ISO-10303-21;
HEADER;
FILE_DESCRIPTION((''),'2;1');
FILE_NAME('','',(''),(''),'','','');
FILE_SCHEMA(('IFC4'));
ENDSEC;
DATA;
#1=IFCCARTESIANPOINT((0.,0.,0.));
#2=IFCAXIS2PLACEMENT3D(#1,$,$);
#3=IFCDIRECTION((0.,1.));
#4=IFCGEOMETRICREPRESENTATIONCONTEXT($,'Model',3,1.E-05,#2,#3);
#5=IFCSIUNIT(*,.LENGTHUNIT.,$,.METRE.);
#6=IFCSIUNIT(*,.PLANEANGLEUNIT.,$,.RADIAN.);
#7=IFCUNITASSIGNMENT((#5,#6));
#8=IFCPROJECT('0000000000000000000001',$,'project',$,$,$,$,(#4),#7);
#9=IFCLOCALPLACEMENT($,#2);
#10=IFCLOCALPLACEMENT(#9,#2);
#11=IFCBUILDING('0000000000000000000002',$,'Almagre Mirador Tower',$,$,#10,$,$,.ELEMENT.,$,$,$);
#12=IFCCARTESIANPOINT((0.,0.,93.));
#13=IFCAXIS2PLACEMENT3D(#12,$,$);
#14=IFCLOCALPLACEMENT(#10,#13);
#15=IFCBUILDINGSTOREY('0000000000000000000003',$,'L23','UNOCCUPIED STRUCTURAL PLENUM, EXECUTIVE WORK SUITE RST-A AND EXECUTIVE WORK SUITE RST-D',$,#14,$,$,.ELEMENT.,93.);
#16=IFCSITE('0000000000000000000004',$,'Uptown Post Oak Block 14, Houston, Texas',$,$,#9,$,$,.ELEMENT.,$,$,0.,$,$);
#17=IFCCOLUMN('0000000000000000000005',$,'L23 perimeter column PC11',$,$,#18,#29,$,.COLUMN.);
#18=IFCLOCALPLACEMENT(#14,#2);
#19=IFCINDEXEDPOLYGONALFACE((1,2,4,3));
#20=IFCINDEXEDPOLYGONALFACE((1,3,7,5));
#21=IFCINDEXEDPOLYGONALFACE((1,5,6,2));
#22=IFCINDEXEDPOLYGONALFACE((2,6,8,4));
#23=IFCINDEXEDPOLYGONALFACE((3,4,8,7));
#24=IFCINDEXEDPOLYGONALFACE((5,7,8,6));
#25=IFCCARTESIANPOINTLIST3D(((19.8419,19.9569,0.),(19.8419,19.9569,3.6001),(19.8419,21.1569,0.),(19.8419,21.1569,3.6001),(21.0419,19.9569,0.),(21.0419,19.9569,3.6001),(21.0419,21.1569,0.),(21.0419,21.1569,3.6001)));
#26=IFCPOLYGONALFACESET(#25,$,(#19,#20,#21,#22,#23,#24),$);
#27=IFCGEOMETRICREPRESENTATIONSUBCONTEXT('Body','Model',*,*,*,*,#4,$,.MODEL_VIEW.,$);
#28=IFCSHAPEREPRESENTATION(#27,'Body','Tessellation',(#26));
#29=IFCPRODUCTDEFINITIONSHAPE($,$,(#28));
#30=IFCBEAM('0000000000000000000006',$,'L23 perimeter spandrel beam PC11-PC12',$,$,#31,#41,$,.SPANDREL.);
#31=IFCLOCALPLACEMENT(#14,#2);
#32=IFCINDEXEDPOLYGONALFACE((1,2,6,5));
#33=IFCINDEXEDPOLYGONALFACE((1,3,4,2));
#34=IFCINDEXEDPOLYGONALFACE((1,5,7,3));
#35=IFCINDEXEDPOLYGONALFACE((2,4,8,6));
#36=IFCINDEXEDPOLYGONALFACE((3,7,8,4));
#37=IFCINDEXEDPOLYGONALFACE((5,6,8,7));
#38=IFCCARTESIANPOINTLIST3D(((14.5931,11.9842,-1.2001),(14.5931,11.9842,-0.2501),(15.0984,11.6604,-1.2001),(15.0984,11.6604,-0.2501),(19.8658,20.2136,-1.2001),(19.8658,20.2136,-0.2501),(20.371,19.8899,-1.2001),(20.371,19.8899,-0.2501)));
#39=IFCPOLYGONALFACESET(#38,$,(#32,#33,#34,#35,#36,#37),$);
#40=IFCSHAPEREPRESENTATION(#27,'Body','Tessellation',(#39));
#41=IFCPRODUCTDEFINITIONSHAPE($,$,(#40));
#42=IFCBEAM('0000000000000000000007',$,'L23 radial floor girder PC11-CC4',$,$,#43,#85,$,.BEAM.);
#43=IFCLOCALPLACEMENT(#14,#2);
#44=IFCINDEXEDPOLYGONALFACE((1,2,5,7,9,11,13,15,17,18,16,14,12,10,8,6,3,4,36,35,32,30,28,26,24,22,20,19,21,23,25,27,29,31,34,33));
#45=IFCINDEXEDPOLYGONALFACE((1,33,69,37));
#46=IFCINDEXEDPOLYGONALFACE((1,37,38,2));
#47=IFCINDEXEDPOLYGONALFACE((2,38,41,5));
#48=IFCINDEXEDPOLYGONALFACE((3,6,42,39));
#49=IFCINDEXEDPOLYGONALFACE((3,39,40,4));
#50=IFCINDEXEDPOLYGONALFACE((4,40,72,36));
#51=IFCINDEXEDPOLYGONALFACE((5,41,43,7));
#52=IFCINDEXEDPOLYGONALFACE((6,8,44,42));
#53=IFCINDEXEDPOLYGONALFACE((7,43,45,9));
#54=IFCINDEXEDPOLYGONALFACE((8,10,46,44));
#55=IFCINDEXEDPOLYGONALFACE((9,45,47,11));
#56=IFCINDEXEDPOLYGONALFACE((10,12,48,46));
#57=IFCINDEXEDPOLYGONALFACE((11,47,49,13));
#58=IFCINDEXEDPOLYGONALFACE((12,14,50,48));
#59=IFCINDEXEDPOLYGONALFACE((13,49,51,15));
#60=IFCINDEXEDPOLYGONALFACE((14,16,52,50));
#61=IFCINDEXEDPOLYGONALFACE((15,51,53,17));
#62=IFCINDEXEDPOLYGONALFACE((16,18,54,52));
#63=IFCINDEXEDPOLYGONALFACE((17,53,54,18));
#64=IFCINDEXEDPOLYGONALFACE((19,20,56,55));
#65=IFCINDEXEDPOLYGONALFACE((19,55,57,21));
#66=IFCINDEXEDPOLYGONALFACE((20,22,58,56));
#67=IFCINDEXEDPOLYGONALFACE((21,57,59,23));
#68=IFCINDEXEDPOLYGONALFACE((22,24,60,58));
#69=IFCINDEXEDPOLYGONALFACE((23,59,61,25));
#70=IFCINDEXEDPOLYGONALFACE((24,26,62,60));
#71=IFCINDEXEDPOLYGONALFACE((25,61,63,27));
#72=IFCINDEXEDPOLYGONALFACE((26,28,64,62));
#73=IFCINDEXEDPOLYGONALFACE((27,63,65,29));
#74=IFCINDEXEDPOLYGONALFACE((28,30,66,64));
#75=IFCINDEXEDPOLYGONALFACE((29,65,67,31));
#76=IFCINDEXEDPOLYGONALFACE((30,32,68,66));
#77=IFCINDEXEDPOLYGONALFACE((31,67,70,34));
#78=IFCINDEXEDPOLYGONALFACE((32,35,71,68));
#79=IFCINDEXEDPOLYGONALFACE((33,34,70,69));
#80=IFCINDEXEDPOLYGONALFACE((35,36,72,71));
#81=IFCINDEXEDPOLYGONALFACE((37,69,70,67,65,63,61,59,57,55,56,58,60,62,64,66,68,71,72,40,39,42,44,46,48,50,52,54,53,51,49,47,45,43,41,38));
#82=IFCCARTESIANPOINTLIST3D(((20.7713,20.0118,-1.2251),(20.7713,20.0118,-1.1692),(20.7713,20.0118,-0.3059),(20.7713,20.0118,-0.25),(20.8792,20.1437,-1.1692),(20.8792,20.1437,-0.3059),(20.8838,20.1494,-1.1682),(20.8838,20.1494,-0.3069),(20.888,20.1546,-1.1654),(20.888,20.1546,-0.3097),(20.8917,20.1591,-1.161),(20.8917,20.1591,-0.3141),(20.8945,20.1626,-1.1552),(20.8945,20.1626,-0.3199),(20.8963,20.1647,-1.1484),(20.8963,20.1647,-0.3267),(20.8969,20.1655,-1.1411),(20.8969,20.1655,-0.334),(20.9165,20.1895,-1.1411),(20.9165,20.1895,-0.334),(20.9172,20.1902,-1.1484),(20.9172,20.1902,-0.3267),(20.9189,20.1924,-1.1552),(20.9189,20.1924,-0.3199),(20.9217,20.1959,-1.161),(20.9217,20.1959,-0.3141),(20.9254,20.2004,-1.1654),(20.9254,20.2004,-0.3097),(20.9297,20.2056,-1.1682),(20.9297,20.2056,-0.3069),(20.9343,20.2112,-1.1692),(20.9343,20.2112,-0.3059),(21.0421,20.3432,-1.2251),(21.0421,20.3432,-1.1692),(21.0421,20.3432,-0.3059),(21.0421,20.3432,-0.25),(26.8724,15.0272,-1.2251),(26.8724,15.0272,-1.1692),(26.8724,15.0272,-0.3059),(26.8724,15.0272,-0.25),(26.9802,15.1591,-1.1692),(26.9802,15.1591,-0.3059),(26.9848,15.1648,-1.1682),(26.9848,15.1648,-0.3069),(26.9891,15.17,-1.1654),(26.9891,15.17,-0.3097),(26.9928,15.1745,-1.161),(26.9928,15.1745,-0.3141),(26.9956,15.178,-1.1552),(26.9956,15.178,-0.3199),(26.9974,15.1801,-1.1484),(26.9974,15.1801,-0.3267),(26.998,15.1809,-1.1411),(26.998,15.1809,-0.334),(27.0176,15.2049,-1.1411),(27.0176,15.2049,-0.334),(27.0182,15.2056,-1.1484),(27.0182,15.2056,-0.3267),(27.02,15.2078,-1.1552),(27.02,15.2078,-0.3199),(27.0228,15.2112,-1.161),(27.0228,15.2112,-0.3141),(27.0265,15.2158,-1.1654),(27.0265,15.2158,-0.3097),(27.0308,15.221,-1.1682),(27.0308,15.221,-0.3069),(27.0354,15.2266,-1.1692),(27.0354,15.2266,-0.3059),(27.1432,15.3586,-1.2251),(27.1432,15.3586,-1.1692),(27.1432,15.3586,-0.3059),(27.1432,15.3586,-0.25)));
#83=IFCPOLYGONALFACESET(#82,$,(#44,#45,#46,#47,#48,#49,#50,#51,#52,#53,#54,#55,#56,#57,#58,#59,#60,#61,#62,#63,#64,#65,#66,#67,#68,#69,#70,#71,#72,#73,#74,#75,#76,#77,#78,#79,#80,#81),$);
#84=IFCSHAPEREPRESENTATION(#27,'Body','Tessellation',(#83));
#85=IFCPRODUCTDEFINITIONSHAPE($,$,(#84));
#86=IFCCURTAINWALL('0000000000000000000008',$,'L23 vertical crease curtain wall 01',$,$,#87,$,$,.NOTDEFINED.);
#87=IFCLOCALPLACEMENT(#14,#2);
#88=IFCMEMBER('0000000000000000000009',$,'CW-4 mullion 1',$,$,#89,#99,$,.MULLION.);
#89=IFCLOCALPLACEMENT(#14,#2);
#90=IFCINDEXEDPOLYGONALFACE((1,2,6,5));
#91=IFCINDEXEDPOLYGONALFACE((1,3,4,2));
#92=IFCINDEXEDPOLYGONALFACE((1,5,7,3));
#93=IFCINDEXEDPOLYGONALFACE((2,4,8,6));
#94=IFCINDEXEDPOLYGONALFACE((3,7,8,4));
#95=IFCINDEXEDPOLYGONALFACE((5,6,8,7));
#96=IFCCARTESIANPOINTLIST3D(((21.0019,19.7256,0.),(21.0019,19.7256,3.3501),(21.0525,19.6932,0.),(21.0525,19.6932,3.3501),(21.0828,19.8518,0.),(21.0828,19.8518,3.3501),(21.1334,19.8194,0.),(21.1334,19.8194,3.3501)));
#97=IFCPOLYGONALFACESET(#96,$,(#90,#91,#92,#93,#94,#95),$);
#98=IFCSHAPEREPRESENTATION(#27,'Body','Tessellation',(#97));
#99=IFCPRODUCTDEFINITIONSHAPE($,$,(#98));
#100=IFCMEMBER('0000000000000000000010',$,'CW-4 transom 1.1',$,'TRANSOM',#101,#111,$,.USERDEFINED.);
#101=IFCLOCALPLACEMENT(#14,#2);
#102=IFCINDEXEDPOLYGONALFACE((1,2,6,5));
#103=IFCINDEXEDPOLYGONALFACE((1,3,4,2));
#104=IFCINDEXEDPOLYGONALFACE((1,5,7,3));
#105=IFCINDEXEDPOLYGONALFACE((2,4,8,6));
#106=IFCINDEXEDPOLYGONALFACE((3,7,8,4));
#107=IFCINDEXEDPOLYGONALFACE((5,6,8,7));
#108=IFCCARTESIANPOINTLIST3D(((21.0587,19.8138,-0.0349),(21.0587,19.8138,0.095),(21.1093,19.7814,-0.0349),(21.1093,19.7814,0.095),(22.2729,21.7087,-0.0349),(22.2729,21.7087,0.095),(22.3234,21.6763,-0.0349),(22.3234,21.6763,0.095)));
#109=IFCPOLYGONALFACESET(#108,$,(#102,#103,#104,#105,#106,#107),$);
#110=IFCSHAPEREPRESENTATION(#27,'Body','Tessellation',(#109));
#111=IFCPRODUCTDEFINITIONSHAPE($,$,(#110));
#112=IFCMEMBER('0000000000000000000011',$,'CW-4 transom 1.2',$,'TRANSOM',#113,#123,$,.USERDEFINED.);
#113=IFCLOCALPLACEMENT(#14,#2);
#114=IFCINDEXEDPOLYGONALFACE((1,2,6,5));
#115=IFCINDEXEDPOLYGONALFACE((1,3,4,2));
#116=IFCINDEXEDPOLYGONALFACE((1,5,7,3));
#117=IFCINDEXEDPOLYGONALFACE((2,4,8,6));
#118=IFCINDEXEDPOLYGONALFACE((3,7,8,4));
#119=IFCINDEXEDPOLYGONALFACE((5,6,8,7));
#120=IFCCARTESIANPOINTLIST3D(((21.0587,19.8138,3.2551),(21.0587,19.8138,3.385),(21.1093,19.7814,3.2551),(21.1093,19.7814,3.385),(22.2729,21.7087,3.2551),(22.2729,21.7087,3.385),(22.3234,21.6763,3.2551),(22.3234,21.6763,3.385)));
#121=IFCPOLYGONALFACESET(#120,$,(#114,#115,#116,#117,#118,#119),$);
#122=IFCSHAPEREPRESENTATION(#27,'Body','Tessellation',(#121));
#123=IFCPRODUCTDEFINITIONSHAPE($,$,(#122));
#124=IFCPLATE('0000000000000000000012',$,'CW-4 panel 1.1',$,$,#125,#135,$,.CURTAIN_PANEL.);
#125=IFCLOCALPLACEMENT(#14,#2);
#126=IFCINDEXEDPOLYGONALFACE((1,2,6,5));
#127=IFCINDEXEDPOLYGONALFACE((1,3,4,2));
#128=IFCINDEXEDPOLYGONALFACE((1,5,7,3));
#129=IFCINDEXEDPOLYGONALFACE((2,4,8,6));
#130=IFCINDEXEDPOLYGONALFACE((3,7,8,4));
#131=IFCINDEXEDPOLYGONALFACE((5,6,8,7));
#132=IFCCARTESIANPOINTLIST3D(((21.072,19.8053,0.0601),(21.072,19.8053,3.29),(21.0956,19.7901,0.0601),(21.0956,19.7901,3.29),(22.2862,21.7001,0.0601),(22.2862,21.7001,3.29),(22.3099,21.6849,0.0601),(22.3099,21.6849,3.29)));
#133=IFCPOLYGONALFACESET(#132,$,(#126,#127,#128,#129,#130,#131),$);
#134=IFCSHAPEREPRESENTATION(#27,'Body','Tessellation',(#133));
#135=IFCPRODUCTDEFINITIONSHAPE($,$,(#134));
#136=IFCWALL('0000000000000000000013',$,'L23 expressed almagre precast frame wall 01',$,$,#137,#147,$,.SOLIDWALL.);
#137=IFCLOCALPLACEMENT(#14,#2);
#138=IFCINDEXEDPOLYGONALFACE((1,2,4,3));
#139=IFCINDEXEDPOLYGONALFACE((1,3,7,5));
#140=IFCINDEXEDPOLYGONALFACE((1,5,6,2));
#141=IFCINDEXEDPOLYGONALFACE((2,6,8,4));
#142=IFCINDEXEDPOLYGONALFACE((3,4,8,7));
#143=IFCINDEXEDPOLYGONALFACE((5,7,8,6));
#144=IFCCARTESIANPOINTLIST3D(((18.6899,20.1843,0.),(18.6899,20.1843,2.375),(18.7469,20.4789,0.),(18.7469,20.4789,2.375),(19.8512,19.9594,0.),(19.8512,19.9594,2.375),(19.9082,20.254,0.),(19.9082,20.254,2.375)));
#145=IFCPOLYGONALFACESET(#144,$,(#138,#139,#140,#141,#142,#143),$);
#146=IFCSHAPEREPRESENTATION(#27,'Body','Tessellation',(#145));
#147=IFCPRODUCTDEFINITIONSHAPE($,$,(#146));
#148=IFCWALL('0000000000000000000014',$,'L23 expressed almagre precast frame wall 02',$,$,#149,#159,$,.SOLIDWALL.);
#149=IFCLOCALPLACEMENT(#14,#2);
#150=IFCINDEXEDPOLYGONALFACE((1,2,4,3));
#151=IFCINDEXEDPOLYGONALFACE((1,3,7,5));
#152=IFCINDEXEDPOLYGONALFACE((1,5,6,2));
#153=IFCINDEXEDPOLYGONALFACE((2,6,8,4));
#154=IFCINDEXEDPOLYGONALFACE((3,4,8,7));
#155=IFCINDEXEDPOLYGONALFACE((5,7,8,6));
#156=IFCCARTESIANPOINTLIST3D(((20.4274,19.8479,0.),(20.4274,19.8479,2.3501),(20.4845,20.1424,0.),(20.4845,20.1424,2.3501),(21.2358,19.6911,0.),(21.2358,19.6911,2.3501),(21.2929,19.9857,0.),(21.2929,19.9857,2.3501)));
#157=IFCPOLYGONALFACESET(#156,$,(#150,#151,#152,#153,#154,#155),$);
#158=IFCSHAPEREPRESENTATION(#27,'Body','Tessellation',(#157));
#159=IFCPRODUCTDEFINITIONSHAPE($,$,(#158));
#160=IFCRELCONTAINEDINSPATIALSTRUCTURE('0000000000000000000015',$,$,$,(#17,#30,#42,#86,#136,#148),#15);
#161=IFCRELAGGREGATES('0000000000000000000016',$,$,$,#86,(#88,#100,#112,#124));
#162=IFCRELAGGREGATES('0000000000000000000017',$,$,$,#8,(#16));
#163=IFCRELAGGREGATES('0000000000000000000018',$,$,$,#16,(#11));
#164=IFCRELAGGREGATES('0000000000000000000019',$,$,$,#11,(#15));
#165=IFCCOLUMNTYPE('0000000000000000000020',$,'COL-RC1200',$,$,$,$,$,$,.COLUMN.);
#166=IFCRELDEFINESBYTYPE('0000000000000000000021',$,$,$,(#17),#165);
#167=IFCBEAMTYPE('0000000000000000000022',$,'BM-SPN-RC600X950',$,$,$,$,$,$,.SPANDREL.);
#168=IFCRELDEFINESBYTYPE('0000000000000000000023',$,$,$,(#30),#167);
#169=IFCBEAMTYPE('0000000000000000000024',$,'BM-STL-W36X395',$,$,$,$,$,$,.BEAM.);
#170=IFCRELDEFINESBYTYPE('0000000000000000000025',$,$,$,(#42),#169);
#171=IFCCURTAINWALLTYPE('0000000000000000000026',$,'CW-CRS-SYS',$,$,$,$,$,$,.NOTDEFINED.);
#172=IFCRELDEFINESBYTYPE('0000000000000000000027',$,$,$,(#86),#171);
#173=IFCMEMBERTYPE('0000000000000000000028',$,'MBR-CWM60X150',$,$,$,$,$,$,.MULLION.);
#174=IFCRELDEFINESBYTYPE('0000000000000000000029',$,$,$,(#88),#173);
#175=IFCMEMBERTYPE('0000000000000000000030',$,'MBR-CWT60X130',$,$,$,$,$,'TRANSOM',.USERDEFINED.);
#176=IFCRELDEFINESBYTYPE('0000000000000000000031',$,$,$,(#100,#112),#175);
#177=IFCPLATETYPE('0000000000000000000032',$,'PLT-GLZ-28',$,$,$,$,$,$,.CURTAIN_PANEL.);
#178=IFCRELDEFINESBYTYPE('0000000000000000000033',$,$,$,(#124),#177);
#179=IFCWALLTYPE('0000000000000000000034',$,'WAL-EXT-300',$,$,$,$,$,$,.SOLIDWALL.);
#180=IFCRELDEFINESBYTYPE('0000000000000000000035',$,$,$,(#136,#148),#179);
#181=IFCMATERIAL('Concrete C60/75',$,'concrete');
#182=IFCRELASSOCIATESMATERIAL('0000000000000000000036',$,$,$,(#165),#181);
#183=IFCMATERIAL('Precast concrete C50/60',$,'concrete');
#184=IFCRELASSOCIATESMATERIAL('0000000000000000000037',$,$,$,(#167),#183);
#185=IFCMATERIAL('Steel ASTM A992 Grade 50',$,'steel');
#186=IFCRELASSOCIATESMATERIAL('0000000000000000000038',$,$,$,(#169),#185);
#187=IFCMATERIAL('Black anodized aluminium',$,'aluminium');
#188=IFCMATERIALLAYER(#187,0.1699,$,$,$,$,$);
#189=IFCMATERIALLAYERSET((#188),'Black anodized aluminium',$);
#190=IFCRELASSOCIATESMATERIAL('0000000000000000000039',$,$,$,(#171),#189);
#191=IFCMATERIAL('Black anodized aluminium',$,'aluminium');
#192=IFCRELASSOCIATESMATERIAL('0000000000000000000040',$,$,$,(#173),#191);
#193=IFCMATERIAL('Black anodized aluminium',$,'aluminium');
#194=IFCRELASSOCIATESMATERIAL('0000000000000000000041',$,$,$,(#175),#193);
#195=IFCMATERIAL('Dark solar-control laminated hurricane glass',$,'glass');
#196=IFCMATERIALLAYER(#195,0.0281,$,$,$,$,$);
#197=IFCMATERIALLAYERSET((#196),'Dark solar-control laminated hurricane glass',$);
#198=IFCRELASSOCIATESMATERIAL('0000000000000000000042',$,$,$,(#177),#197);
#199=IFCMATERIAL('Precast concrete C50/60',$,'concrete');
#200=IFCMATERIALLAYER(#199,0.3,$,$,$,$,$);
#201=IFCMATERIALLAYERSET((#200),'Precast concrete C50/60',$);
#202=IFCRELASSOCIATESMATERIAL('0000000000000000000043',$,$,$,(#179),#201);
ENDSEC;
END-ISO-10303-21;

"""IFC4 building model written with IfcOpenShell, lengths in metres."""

from ifc_helpers import new_model, si_unit, direction, frame, frame_2d, origin, origin_2d, place, context, subcontext, project, spatial, rectangle, i_section, extrude, material, layer, layer_set, material_profile, profile_set, type_object, element, aggregate, save


model = new_model("IFC4")

# Units and contexts
model_context = context("Model", 3, precision=1e-05, world=origin(), true_north=direction((0.0, 1.0)))
body_context = subcontext(model_context, "Body", "Model", "MODEL_VIEW")
ifc_project = project(units=[si_unit("LENGTHUNIT", "METRE"), si_unit("PLANEANGLEUNIT", "RADIAN")], contexts=[model_context])

# Site, building, storey
site_placement = place(None, origin())
site = spatial("IfcSite", under=ifc_project, at=site_placement, Name="Uptown Post Oak Block 14, Houston, Texas", CompositionType="ELEMENT", RefElevation=0.0)
building_placement = place(site_placement, origin())
building = spatial("IfcBuilding", under=site, at=building_placement, Name="Almagre Mirador Tower", CompositionType="ELEMENT")
storey_placement = place(building_placement, frame((0.0, 0.0, 93.0)))
storey = spatial("IfcBuildingStorey", under=building, at=storey_placement, Name="L23", Description="UNOCCUPIED STRUCTURAL PLENUM, EXECUTIVE WORK SUITE RST-A AND EXECUTIVE WORK SUITE RST-D", CompositionType="ELEMENT", Elevation=93.0)

# Column
ifc_material_1 = material(Name="Concrete C60/75", Category="concrete")
ifc_material_profile_1 = material_profile(ifc_material_1, rectangle(XDim=1.2, YDim=1.2, at=origin_2d()), Name="RC1200X1200")
ifc_profile_set_1 = profile_set([ifc_material_profile_1], Name="Concrete C60/75")
column_type = type_object("IfcColumnType", Name="COL-RC1200", PredefinedType="COLUMN", material=ifc_profile_set_1)
column_placement = place(storey_placement, frame((20.4419, 20.5569, 0.0), z_axis=(0.0, 0.0, 1.0), x_axis=(1.0, 0.0, 0.0)))
element("IfcColumn", 1, at=column_placement, inside=storey, type_object=column_type, Name="L23 perimeter column PC11", PredefinedType="COLUMN", context=body_context, shape_type="SweptSolid", body=[
    extrude(rectangle(XDim=1.2, YDim=1.2, at=origin_2d()), origin(), (0.0, 0.0, 1.0), 3.6001),
])

# Beams
ifc_material_2 = material(Name="Precast concrete C50/60", Category="concrete")
ifc_material_profile_2 = material_profile(ifc_material_2, rectangle(XDim=0.6001, YDim=0.95, at=origin_2d()), Name="RC600X950")
ifc_profile_set_2 = profile_set([ifc_material_profile_2], Name="Precast concrete C50/60")
beam_type_1 = type_object("IfcBeamType", Name="BM-SPN-RC600X950", PredefinedType="SPANDREL", material=ifc_profile_set_2)
beam_1_placement = place(storey_placement, frame((20.1184, 20.0518, -0.7251), z_axis=(-0.539477, -0.842, 0.0), x_axis=(0.842, -0.539477, 0.0)))
element("IfcBeam", 2, at=beam_1_placement, inside=storey, type_object=beam_type_1, Name="L23 perimeter spandrel beam PC11-PC12", PredefinedType="SPANDREL", context=body_context, shape_type="SweptSolid", body=[
    extrude(rectangle(XDim=0.6001, YDim=0.95, at=origin_2d()), origin(), (0.0, 0.0, 1.0), 9.7737),
])
ifc_material_3 = material(Name="Steel ASTM A992 Grade 50", Category="steel")
ifc_material_profile_3 = material_profile(ifc_material_3, i_section(OverallWidth=0.428, OverallDepth=0.9751, WebThickness=0.031, FlangeThickness=0.0559, FilletRadius=0.0281, at=origin_2d()), Name="W36X395")
ifc_profile_set_3 = profile_set([ifc_material_profile_3], Name="Steel ASTM A992 Grade 50")
beam_type_2 = type_object("IfcBeamType", Name="BM-STL-W36X395", PredefinedType="BEAM", material=ifc_profile_set_3)
beam_2_placement = place(storey_placement, frame((20.9067, 20.1775, -0.7375), z_axis=(0.774403, -0.632693, 0.0), x_axis=(0.632693, 0.774403, 0.0)))
element("IfcBeam", 3, at=beam_2_placement, inside=storey, type_object=beam_type_2, Name="L23 radial floor girder PC11-CC4", PredefinedType="BEAM", context=body_context, shape_type="SweptSolid", body=[
    extrude(i_section(OverallWidth=0.428, OverallDepth=0.9751, WebThickness=0.031, FlangeThickness=0.0559, FilletRadius=0.0281, at=origin_2d()), origin(), (0.0, 0.0, 1.0), 7.8784),
])

# Curtain wall, members, plate
ifc_material_4 = material(Name="Black anodized aluminium", Category="aluminium")
ifc_layer_1 = layer(ifc_material_4, 0.1699)
ifc_layer_set_1 = layer_set([ifc_layer_1], Name="Black anodized aluminium")
curtain_wall_type = type_object("IfcCurtainWallType", Name="CW-CRS-SYS", PredefinedType="NOTDEFINED", material=ifc_layer_set_1)
curtain_wall_placement = place(storey_placement, origin())
curtain_wall = element("IfcCurtainWall", 4, at=curtain_wall_placement, inside=storey, type_object=curtain_wall_type, Name="L23 vertical crease curtain wall 01", PredefinedType="NOTDEFINED")
ifc_material_5 = material(Name="Black anodized aluminium", Category="aluminium")
ifc_material_profile_4 = material_profile(ifc_material_5, rectangle(XDim=0.0601, YDim=0.1499, at=origin_2d()), Name="CWM60X150")
ifc_profile_set_4 = profile_set([ifc_material_profile_4], Name="Black anodized aluminium")
member_type_1 = type_object("IfcMemberType", Name="MBR-CWM60X150", PredefinedType="MULLION", material=ifc_profile_set_4)
member_1_placement = place(storey_placement, frame((21.0676, 19.7725, 0.0), z_axis=(0.0, 0.0, 1.0), x_axis=(-0.841948, 0.539559, 0.0)))
member_1 = element("IfcMember", 5, at=member_1_placement, type_object=member_type_1, Name="CW-4 mullion 1", PredefinedType="MULLION", context=body_context, shape_type="SweptSolid", body=[
    extrude(rectangle(XDim=0.0601, YDim=0.1499, at=origin_2d()), origin(), (0.0, 0.0, 1.0), 3.3501),
])
ifc_material_6 = material(Name="Black anodized aluminium", Category="aluminium")
ifc_material_profile_5 = material_profile(ifc_material_6, rectangle(XDim=0.0601, YDim=0.1299, at=origin_2d()), Name="CWT60X130")
ifc_profile_set_5 = profile_set([ifc_material_profile_5], Name="Black anodized aluminium")
member_type_2 = type_object("IfcMemberType", Name="MBR-CWT60X130", ElementType="TRANSOM", PredefinedType="USERDEFINED", material=ifc_profile_set_5)
member_2_placement = place(storey_placement, frame((21.084, 19.7976, 0.03), z_axis=(0.539512, 0.841978, 0.0), x_axis=(-0.841978, 0.539512, 0.0)))
member_2 = element("IfcMember", 6, at=member_2_placement, type_object=member_type_2, Name="CW-4 transom 1.1", ObjectType="TRANSOM", PredefinedType="USERDEFINED", context=body_context, shape_type="SweptSolid", body=[
    extrude(rectangle(XDim=0.0601, YDim=0.1299, at=origin_2d()), origin(), (0.0, 0.0, 1.0), 2.2505),
])
member_3_placement = place(storey_placement, frame((21.084, 19.7976, 3.3201), z_axis=(0.539512, 0.841978, 0.0), x_axis=(-0.841978, 0.539512, 0.0)))
member_3 = element("IfcMember", 7, at=member_3_placement, type_object=member_type_2, Name="CW-4 transom 1.2", ObjectType="TRANSOM", PredefinedType="USERDEFINED", context=body_context, shape_type="SweptSolid", body=[
    extrude(rectangle(XDim=0.0601, YDim=0.1299, at=origin_2d()), origin(), (0.0, 0.0, 1.0), 2.2505),
])
ifc_material_7 = material(Name="Dark solar-control laminated hurricane glass", Category="glass")
ifc_layer_2 = layer(ifc_material_7, 0.0281)
ifc_layer_set_2 = layer_set([ifc_layer_2], Name="Dark solar-control laminated hurricane glass")
plate_type = type_object("IfcPlateType", Name="PLT-GLZ-28", PredefinedType="CURTAIN_PANEL", material=ifc_layer_set_2)
plate_placement = place(storey_placement, frame((21.6909, 20.7451, 0.0601), z_axis=(0.0, 0.0, 1.0), x_axis=(0.539559, 0.841948, 0.0)))
plate = element("IfcPlate", 8, at=plate_placement, type_object=plate_type, Name="CW-4 panel 1.1", PredefinedType="CURTAIN_PANEL", context=body_context, shape_type="SweptSolid", body=[
    extrude(rectangle(XDim=2.2505, YDim=0.0281, at=origin_2d()), origin(), (0.0, 0.0, 1.0), 3.23),
])
aggregate(curtain_wall, [member_1, member_2, member_3, plate])

# Walls
ifc_material_8 = material(Name="Precast concrete C50/60", Category="concrete")
ifc_layer_3 = layer(ifc_material_8, 0.3)
ifc_layer_set_3 = layer_set([ifc_layer_3], Name="Precast concrete C50/60")
wall_type_1 = type_object("IfcWallType", Name="WAL-EXT-300", PredefinedType="SOLIDWALL", material=ifc_layer_set_3)
wall_1_placement = place(storey_placement, frame((18.7185, 20.3315, 0.0), z_axis=(0.0, 0.0, 1.0), x_axis=(0.981769, -0.19008, 0.0)))
element("IfcWall", 9, at=wall_1_placement, inside=storey, type_object=wall_type_1, Name="L23 expressed almagre precast frame wall 01", PredefinedType="SOLIDWALL", context=body_context, shape_type="SweptSolid", body=[
    extrude(rectangle(XDim=1.1829, YDim=0.3, at=frame_2d((0.5913, 0.0))), origin(), (0.0, 0.0, 1.0), 2.375),
])
wall_2_placement = place(storey_placement, frame((20.4561, 19.9951, 0.0), z_axis=(0.0, 0.0, 1.0), x_axis=(0.981716, -0.190354, 0.0)))
element("IfcWall", 10, at=wall_2_placement, inside=storey, type_object=wall_type_1, Name="L23 expressed almagre precast frame wall 02", PredefinedType="SOLIDWALL", context=body_context, shape_type="SweptSolid", body=[
    extrude(rectangle(XDim=0.8235, YDim=0.3, at=frame_2d((0.4116, 0.0))), origin(), (0.0, 0.0, 1.0), 2.3501),
])

save(model, "model.ifc")
